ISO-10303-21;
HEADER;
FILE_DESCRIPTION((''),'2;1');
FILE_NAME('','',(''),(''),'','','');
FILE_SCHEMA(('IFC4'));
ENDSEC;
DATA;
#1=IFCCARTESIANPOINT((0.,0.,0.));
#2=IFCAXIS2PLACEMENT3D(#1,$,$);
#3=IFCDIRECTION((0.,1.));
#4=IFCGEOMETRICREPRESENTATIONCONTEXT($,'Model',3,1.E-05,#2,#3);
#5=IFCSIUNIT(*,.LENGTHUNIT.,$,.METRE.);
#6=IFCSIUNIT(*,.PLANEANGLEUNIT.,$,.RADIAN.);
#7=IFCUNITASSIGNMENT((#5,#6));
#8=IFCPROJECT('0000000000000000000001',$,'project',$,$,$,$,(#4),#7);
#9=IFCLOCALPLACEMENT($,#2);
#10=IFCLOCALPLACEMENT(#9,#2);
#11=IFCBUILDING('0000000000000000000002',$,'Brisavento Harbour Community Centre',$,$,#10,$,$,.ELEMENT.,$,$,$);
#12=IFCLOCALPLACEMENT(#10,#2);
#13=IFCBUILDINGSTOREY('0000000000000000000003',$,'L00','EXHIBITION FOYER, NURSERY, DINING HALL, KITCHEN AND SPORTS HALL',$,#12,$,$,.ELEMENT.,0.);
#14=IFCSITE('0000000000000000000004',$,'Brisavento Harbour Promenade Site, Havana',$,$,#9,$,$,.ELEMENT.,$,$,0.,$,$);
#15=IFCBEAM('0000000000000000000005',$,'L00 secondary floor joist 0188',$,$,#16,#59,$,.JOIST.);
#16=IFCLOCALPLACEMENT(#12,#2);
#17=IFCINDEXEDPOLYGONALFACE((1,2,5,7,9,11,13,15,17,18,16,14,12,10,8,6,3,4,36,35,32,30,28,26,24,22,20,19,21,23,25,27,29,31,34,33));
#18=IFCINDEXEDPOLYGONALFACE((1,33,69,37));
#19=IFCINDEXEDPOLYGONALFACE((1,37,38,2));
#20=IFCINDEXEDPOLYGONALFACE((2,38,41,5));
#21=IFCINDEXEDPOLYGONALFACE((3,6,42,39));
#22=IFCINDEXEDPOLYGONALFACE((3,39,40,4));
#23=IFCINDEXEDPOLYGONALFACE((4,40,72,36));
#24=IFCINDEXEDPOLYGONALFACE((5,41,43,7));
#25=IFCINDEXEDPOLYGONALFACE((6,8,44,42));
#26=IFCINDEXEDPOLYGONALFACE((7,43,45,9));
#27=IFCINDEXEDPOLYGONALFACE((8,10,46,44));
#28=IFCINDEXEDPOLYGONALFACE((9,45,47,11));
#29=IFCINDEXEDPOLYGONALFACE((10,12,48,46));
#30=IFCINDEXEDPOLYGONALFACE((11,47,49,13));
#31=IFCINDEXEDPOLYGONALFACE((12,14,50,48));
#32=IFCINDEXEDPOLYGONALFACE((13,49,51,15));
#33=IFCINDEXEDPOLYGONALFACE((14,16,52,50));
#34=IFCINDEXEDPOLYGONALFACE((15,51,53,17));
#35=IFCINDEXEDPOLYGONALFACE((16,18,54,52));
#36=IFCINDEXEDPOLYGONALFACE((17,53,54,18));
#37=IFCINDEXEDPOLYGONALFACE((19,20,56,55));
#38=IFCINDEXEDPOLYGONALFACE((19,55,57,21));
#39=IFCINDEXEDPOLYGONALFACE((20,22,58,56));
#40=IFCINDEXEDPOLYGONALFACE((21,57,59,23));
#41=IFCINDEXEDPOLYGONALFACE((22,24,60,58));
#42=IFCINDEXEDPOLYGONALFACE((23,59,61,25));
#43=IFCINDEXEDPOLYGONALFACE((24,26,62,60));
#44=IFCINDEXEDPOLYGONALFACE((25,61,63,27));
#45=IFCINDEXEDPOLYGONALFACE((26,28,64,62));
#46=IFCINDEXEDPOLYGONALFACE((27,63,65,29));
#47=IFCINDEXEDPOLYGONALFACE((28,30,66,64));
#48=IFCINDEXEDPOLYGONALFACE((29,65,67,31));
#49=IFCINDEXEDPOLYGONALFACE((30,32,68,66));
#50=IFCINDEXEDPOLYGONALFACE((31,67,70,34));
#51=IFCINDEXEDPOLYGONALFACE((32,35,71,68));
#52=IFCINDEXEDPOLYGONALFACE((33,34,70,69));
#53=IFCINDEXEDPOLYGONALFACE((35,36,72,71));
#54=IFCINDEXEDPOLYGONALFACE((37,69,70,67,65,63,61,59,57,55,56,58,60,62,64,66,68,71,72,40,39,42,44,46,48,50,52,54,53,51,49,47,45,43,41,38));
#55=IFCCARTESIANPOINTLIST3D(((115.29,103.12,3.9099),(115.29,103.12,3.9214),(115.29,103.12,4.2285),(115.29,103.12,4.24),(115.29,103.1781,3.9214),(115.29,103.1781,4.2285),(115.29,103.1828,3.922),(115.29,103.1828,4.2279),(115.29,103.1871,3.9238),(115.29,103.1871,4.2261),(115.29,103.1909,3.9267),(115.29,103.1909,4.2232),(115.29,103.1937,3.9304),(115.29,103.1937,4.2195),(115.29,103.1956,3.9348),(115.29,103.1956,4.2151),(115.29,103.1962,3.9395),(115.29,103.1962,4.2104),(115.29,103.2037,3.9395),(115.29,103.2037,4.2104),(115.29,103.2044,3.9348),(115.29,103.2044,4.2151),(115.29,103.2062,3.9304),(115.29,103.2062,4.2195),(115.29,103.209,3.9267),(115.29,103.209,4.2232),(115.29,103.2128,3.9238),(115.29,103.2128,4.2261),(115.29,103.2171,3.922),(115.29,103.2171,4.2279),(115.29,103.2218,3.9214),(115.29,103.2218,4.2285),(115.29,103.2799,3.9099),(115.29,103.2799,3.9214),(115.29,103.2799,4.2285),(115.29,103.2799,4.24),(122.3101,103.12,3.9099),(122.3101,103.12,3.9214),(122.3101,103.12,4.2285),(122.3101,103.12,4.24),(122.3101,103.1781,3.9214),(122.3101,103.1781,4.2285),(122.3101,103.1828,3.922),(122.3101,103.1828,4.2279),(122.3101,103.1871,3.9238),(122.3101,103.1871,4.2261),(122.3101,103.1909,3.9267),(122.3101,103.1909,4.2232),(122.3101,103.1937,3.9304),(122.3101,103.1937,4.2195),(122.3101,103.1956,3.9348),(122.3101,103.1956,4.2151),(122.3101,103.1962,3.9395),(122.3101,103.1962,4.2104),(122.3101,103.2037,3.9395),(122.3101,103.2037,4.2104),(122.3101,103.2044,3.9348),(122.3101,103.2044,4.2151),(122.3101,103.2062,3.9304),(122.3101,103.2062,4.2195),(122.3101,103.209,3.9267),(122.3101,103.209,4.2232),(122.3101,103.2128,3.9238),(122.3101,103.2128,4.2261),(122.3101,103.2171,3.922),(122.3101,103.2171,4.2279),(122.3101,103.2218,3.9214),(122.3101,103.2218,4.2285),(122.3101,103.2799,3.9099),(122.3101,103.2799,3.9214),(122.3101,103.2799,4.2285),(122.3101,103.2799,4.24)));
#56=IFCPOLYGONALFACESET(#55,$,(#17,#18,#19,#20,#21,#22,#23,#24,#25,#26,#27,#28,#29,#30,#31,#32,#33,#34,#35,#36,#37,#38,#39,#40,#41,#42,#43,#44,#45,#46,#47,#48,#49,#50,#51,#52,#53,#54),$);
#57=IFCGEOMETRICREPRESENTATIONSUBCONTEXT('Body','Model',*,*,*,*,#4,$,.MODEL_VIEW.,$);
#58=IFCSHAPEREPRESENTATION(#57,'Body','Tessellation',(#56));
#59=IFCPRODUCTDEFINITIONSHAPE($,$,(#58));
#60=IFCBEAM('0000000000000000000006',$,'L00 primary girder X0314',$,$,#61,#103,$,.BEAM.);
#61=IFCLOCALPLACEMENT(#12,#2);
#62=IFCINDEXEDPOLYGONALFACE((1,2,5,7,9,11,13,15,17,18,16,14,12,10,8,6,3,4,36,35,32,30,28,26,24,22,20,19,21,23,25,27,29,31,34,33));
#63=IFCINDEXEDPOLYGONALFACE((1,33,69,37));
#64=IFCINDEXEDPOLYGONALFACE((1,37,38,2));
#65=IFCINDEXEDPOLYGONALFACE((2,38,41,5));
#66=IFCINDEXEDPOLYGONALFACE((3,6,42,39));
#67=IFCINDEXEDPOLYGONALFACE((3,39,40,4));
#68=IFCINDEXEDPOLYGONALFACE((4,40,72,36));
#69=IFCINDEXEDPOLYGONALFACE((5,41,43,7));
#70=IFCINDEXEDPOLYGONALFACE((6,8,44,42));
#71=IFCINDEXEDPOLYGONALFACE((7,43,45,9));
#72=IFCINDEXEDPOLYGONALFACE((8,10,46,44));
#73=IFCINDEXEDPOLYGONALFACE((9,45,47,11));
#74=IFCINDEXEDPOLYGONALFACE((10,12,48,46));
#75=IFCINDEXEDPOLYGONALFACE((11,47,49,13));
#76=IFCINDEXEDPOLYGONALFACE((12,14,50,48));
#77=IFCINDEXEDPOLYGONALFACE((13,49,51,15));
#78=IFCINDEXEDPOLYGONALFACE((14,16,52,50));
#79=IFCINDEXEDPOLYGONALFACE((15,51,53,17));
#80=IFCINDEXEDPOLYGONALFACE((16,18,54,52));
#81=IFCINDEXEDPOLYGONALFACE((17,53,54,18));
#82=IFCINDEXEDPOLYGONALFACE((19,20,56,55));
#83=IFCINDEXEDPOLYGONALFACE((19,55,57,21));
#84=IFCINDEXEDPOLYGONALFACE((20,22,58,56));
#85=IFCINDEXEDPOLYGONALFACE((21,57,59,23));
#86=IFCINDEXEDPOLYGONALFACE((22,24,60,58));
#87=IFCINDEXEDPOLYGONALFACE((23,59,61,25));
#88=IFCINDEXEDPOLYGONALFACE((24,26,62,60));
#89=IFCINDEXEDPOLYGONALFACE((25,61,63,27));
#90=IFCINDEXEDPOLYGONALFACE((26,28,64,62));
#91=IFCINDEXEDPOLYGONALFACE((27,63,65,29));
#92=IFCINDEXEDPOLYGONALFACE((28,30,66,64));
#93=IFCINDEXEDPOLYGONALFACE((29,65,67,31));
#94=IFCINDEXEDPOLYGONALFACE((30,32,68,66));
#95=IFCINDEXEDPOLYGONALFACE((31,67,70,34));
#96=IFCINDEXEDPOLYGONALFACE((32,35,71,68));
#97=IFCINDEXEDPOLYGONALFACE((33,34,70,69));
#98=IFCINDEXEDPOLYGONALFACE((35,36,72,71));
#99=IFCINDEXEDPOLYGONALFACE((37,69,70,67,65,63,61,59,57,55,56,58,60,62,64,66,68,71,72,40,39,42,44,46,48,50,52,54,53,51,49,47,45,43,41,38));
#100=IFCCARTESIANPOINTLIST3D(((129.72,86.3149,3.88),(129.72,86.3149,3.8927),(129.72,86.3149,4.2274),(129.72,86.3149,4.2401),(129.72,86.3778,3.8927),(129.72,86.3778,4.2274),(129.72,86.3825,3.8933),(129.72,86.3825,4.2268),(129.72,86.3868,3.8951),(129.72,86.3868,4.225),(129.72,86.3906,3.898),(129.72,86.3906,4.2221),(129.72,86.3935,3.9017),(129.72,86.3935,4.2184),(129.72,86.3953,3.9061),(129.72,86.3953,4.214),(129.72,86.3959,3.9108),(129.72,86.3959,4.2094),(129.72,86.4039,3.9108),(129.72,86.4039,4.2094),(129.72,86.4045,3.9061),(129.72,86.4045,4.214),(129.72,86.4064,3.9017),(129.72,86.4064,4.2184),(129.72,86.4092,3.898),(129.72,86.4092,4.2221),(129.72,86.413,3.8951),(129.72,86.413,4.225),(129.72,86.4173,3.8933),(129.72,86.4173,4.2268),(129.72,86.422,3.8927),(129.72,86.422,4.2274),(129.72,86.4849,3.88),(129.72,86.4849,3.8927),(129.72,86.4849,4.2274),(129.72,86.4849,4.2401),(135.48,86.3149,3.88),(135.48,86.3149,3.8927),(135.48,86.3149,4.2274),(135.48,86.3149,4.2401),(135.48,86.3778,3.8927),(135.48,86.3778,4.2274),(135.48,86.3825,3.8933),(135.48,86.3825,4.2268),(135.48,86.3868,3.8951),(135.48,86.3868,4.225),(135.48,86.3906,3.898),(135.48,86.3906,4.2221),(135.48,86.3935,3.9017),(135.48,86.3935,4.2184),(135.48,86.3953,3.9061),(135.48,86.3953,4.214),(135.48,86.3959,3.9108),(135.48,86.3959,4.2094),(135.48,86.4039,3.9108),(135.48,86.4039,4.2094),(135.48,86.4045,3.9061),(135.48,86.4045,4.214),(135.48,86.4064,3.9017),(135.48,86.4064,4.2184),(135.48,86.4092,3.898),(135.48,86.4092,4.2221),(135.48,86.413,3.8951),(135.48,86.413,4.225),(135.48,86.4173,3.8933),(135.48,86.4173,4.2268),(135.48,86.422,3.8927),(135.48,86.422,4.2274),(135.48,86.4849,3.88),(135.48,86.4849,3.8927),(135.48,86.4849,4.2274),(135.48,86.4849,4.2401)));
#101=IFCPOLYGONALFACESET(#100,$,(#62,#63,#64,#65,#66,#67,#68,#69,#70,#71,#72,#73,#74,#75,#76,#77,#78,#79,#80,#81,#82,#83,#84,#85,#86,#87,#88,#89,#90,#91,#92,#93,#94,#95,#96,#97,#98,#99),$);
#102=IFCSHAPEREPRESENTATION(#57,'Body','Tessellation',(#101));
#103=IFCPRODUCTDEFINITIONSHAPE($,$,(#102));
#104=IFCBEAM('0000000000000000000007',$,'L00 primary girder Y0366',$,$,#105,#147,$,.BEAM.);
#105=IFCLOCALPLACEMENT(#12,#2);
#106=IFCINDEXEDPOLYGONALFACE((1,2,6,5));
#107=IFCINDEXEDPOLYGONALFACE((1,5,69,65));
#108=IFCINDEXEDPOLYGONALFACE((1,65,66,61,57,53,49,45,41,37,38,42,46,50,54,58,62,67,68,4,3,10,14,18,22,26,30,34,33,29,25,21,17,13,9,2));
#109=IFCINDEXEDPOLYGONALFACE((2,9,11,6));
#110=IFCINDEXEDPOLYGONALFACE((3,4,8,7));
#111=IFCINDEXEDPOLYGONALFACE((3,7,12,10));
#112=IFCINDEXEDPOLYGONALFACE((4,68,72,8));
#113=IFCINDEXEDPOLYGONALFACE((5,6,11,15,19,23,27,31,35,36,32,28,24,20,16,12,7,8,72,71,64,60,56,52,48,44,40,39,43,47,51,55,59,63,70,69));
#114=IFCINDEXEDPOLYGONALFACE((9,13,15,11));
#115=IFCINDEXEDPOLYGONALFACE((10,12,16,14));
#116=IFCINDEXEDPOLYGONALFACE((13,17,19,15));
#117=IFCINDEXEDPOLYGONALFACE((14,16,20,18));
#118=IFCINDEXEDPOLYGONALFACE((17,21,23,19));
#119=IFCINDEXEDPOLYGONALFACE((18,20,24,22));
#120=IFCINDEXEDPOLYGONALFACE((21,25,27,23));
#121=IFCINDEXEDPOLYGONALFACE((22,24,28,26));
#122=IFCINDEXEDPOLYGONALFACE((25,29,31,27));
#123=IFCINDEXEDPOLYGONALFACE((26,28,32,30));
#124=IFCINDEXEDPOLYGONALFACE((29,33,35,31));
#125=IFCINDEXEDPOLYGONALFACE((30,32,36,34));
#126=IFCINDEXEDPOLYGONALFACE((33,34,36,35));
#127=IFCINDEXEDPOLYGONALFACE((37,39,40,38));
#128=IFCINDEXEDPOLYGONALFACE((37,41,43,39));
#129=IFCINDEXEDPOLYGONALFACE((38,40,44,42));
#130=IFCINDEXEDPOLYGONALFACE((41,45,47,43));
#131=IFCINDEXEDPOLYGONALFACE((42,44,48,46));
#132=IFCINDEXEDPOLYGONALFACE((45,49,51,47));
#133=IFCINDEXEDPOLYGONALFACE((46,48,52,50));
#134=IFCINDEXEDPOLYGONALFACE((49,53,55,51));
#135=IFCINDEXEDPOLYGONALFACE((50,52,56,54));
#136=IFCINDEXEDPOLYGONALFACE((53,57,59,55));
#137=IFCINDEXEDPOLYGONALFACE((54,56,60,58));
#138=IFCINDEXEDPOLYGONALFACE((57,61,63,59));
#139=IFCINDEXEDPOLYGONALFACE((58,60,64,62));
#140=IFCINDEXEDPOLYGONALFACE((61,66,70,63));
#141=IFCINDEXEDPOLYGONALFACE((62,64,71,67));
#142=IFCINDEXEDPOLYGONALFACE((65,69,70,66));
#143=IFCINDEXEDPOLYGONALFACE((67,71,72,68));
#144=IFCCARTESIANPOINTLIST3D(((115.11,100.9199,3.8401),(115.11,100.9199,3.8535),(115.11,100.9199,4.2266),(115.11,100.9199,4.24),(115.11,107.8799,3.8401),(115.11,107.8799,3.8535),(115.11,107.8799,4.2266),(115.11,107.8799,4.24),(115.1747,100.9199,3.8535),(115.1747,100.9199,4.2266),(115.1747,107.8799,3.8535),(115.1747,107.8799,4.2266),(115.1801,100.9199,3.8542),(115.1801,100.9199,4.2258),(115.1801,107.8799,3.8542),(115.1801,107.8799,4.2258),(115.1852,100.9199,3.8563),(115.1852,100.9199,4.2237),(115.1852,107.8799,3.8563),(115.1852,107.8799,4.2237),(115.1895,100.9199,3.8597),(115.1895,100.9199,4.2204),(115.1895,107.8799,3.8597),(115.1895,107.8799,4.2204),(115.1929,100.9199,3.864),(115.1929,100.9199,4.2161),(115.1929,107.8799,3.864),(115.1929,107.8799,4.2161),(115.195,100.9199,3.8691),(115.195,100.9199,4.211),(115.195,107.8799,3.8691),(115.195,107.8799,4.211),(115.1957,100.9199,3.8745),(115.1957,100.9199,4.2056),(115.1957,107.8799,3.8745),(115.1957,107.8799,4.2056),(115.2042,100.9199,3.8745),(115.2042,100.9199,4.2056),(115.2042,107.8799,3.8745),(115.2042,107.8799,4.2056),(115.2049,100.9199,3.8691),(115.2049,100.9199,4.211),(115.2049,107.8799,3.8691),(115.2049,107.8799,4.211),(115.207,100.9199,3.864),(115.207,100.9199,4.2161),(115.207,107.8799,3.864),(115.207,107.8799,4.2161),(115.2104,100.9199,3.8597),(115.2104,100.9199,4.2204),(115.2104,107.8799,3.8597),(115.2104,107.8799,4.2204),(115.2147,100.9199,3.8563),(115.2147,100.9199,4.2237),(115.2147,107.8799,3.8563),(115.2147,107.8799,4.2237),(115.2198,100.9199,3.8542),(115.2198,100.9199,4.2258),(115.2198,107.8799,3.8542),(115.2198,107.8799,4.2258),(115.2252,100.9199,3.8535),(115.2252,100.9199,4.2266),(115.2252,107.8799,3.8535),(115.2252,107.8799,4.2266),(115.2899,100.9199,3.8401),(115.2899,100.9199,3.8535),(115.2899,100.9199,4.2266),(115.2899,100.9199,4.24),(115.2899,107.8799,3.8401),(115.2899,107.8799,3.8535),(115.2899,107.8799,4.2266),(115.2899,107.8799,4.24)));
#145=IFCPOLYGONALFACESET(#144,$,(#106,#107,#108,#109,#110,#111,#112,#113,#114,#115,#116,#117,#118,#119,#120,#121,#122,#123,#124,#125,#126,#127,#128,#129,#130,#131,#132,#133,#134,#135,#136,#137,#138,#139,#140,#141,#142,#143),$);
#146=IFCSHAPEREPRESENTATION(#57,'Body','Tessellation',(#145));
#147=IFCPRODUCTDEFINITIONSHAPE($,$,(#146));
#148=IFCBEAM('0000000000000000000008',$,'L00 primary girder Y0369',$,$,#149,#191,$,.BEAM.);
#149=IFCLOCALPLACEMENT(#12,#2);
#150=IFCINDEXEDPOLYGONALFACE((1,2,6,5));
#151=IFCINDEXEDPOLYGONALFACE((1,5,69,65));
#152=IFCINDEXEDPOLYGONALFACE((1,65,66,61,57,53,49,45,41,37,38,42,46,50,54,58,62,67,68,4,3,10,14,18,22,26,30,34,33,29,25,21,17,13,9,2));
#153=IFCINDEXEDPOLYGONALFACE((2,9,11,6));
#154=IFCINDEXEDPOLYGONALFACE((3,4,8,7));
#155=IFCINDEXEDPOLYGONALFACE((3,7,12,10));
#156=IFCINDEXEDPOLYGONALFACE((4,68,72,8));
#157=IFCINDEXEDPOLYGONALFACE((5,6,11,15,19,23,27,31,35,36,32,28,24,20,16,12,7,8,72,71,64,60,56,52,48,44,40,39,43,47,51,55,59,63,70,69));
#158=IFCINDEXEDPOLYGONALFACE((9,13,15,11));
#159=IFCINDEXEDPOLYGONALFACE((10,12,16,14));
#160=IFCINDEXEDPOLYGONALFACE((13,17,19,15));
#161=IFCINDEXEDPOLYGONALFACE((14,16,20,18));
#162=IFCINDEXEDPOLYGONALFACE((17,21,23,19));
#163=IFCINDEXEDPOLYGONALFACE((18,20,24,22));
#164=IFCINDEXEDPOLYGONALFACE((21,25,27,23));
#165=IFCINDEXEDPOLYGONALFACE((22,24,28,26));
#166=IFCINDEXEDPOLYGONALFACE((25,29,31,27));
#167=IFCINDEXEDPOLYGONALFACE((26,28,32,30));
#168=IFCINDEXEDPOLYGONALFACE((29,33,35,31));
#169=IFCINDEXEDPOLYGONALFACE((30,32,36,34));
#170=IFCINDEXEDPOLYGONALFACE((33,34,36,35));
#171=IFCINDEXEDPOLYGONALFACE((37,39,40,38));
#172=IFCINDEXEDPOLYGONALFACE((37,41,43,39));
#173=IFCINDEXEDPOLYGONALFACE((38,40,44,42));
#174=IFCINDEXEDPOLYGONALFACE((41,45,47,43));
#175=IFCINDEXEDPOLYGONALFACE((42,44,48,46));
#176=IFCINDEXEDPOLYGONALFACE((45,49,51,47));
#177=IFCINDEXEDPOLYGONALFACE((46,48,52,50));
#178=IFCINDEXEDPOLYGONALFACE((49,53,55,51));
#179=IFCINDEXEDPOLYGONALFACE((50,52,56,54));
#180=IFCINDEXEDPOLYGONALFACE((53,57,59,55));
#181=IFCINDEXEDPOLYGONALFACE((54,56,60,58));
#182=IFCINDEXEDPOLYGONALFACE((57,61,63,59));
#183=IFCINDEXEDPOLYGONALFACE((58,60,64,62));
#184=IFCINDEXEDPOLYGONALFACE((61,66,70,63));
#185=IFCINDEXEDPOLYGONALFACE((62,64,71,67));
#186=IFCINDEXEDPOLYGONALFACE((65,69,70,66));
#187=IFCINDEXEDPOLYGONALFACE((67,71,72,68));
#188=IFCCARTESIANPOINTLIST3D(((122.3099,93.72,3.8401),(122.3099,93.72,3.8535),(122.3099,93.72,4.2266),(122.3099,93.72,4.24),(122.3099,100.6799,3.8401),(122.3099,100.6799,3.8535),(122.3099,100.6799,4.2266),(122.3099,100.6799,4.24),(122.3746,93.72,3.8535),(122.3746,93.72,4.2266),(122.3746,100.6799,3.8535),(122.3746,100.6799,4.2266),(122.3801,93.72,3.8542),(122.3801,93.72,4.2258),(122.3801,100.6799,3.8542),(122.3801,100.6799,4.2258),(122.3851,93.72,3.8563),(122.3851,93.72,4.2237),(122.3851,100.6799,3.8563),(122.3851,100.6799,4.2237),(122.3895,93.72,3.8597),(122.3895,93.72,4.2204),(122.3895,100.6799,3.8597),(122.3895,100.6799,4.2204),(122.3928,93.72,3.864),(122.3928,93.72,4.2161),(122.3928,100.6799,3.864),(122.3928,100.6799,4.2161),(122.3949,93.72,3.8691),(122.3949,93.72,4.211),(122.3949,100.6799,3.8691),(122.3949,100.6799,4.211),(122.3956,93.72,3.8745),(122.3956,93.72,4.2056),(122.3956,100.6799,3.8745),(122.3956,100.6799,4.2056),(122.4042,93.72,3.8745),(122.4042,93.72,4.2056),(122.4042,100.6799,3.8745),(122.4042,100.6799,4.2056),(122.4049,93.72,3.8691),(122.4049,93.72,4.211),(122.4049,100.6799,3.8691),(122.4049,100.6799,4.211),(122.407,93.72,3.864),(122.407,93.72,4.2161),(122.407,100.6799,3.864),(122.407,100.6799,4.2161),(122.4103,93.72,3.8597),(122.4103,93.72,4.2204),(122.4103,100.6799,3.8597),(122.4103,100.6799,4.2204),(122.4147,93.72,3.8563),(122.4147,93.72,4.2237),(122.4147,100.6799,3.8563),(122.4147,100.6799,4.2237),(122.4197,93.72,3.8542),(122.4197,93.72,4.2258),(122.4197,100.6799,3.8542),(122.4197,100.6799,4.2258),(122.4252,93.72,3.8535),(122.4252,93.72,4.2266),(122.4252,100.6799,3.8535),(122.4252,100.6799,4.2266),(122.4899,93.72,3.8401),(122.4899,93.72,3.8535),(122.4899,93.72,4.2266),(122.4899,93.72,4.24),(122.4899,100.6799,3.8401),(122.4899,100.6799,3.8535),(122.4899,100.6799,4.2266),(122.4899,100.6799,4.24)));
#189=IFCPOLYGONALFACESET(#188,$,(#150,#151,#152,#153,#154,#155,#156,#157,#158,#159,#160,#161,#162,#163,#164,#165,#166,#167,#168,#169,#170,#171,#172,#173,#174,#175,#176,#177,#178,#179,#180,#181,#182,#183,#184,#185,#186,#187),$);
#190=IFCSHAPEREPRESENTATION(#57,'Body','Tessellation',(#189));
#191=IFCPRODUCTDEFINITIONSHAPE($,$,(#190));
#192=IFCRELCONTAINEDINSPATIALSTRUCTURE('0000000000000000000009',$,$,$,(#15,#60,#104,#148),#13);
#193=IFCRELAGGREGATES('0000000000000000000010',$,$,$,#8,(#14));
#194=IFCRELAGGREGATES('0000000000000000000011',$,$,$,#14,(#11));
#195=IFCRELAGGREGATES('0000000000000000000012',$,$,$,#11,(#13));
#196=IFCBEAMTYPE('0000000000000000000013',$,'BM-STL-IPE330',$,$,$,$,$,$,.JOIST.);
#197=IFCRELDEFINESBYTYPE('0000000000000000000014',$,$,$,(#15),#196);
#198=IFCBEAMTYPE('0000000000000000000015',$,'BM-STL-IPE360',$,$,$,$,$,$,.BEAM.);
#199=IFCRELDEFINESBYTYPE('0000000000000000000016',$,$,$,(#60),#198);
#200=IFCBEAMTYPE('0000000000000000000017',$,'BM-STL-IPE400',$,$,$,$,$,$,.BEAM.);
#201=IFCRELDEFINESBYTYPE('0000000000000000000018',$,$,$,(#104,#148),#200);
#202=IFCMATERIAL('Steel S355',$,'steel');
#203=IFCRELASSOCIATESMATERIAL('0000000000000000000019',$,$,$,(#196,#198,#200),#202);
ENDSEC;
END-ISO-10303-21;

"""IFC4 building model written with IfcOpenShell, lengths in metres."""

from ifc_helpers import new_model, si_unit, direction, frame, origin, origin_2d, place, context, subcontext, project, spatial, i_section, extrude, material, material_profile, profile_set, type_object, element, save


model = new_model("IFC4")

# Units and contexts
model_context = context("Model", 3, precision=1e-05, world=origin(), true_north=direction((0.0, 1.0)))
body_context = subcontext(model_context, "Body", "Model", "MODEL_VIEW")
ifc_project = project(units=[si_unit("LENGTHUNIT", "METRE"), si_unit("PLANEANGLEUNIT", "RADIAN")], contexts=[model_context])

# Site, building, storey
site_placement = place(None, origin())
site = spatial("IfcSite", under=ifc_project, at=site_placement, Name="Brisavento Harbour Promenade Site, Havana", CompositionType="ELEMENT", RefElevation=0.0)
building_placement = place(site_placement, origin())
building = spatial("IfcBuilding", under=site, at=building_placement, Name="Brisavento Harbour Community Centre", CompositionType="ELEMENT")
storey_placement = place(building_placement, origin())
storey = spatial("IfcBuildingStorey", under=building, at=storey_placement, Name="L00", Description="EXHIBITION FOYER, NURSERY, DINING HALL, KITCHEN AND SPORTS HALL", CompositionType="ELEMENT", Elevation=0.0)

# Shared definitions
ifc_material_1 = material(Name="Steel S355", Category="steel")

# Beams
ifc_material_profile_1 = material_profile(ifc_material_1, i_section(OverallWidth=0.1599, OverallDepth=0.3301, WebThickness=0.0076, FlangeThickness=0.0115, FilletRadius=0.0181, at=origin_2d()), Name="Steel S355")
ifc_profile_set_1 = profile_set([ifc_material_profile_1], Name="Steel S355")
beam_type_1 = type_object("IfcBeamType", Name="BM-STL-IPE330", PredefinedType="JOIST", material=ifc_profile_set_1)
beam_1_placement = place(storey_placement, frame((115.29, 103.2, 4.075), z_axis=(1.0, 0.0, 0.0), x_axis=(0.0, 1.0, 0.0)))
element("IfcBeam", 1, at=beam_1_placement, inside=storey, type_object=beam_type_1, Name="L00 secondary floor joist 0188", PredefinedType="JOIST", context=body_context, shape_type="SweptSolid", body=[
    extrude(i_section(OverallWidth=0.1599, OverallDepth=0.3301, WebThickness=0.0076, FlangeThickness=0.0115, FilletRadius=0.0181, at=origin_2d()), origin(), (0.0, 0.0, 1.0), 7.02),
])
ifc_material_profile_2 = material_profile(ifc_material_1, i_section(OverallWidth=0.1699, OverallDepth=0.3601, WebThickness=0.0081, FlangeThickness=0.0127, FilletRadius=0.0181, at=origin_2d()), Name="Steel S355")
ifc_profile_set_2 = profile_set([ifc_material_profile_2], Name="Steel S355")
beam_type_2 = type_object("IfcBeamType", Name="BM-STL-IPE360", PredefinedType="BEAM", material=ifc_profile_set_2)
beam_2_placement = place(storey_placement, frame((129.72, 86.3999, 4.0601), z_axis=(1.0, 0.0, 0.0), x_axis=(0.0, 1.0, 0.0)))
element("IfcBeam", 2, at=beam_2_placement, inside=storey, type_object=beam_type_2, Name="L00 primary girder X0314", PredefinedType="BEAM", context=body_context, shape_type="SweptSolid", body=[
    extrude(i_section(OverallWidth=0.1699, OverallDepth=0.3601, WebThickness=0.0081, FlangeThickness=0.0127, FilletRadius=0.0181, at=origin_2d()), origin(), (0.0, 0.0, 1.0), 5.76),
])
ifc_material_profile_3 = material_profile(ifc_material_1, i_section(OverallWidth=0.1799, OverallDepth=0.3999, WebThickness=0.0085, FlangeThickness=0.0134, FilletRadius=0.021, at=origin_2d()), Name="Steel S355")
ifc_profile_set_3 = profile_set([ifc_material_profile_3], Name="Steel S355")
beam_type_3 = type_object("IfcBeamType", Name="BM-STL-IPE400", PredefinedType="BEAM", material=ifc_profile_set_3)
for number, where, z_axis, x_axis, name in (
    (3, (115.2, 100.9199, 4.04), (0.0, 1.0, 0.0), (-1.0, 0.0, 0.0), "L00 primary girder Y0366"),
    (4, (122.3999, 93.72, 4.04), (0.0, 1.0, 0.0), (-1.0, 0.0, 0.0), "L00 primary girder Y0369"),
):
    element("IfcBeam", number, at=place(storey_placement, frame(where, z_axis=z_axis, x_axis=x_axis)), inside=storey, type_object=beam_type_3, Name=name, PredefinedType="BEAM", context=body_context, shape_type="SweptSolid", body=[
        extrude(i_section(OverallWidth=0.1799, OverallDepth=0.3999, WebThickness=0.0085, FlangeThickness=0.0134, FilletRadius=0.021, at=origin_2d()), origin(), (0.0, 0.0, 1.0), 6.96),
    ])

save(model, "model.ifc")
